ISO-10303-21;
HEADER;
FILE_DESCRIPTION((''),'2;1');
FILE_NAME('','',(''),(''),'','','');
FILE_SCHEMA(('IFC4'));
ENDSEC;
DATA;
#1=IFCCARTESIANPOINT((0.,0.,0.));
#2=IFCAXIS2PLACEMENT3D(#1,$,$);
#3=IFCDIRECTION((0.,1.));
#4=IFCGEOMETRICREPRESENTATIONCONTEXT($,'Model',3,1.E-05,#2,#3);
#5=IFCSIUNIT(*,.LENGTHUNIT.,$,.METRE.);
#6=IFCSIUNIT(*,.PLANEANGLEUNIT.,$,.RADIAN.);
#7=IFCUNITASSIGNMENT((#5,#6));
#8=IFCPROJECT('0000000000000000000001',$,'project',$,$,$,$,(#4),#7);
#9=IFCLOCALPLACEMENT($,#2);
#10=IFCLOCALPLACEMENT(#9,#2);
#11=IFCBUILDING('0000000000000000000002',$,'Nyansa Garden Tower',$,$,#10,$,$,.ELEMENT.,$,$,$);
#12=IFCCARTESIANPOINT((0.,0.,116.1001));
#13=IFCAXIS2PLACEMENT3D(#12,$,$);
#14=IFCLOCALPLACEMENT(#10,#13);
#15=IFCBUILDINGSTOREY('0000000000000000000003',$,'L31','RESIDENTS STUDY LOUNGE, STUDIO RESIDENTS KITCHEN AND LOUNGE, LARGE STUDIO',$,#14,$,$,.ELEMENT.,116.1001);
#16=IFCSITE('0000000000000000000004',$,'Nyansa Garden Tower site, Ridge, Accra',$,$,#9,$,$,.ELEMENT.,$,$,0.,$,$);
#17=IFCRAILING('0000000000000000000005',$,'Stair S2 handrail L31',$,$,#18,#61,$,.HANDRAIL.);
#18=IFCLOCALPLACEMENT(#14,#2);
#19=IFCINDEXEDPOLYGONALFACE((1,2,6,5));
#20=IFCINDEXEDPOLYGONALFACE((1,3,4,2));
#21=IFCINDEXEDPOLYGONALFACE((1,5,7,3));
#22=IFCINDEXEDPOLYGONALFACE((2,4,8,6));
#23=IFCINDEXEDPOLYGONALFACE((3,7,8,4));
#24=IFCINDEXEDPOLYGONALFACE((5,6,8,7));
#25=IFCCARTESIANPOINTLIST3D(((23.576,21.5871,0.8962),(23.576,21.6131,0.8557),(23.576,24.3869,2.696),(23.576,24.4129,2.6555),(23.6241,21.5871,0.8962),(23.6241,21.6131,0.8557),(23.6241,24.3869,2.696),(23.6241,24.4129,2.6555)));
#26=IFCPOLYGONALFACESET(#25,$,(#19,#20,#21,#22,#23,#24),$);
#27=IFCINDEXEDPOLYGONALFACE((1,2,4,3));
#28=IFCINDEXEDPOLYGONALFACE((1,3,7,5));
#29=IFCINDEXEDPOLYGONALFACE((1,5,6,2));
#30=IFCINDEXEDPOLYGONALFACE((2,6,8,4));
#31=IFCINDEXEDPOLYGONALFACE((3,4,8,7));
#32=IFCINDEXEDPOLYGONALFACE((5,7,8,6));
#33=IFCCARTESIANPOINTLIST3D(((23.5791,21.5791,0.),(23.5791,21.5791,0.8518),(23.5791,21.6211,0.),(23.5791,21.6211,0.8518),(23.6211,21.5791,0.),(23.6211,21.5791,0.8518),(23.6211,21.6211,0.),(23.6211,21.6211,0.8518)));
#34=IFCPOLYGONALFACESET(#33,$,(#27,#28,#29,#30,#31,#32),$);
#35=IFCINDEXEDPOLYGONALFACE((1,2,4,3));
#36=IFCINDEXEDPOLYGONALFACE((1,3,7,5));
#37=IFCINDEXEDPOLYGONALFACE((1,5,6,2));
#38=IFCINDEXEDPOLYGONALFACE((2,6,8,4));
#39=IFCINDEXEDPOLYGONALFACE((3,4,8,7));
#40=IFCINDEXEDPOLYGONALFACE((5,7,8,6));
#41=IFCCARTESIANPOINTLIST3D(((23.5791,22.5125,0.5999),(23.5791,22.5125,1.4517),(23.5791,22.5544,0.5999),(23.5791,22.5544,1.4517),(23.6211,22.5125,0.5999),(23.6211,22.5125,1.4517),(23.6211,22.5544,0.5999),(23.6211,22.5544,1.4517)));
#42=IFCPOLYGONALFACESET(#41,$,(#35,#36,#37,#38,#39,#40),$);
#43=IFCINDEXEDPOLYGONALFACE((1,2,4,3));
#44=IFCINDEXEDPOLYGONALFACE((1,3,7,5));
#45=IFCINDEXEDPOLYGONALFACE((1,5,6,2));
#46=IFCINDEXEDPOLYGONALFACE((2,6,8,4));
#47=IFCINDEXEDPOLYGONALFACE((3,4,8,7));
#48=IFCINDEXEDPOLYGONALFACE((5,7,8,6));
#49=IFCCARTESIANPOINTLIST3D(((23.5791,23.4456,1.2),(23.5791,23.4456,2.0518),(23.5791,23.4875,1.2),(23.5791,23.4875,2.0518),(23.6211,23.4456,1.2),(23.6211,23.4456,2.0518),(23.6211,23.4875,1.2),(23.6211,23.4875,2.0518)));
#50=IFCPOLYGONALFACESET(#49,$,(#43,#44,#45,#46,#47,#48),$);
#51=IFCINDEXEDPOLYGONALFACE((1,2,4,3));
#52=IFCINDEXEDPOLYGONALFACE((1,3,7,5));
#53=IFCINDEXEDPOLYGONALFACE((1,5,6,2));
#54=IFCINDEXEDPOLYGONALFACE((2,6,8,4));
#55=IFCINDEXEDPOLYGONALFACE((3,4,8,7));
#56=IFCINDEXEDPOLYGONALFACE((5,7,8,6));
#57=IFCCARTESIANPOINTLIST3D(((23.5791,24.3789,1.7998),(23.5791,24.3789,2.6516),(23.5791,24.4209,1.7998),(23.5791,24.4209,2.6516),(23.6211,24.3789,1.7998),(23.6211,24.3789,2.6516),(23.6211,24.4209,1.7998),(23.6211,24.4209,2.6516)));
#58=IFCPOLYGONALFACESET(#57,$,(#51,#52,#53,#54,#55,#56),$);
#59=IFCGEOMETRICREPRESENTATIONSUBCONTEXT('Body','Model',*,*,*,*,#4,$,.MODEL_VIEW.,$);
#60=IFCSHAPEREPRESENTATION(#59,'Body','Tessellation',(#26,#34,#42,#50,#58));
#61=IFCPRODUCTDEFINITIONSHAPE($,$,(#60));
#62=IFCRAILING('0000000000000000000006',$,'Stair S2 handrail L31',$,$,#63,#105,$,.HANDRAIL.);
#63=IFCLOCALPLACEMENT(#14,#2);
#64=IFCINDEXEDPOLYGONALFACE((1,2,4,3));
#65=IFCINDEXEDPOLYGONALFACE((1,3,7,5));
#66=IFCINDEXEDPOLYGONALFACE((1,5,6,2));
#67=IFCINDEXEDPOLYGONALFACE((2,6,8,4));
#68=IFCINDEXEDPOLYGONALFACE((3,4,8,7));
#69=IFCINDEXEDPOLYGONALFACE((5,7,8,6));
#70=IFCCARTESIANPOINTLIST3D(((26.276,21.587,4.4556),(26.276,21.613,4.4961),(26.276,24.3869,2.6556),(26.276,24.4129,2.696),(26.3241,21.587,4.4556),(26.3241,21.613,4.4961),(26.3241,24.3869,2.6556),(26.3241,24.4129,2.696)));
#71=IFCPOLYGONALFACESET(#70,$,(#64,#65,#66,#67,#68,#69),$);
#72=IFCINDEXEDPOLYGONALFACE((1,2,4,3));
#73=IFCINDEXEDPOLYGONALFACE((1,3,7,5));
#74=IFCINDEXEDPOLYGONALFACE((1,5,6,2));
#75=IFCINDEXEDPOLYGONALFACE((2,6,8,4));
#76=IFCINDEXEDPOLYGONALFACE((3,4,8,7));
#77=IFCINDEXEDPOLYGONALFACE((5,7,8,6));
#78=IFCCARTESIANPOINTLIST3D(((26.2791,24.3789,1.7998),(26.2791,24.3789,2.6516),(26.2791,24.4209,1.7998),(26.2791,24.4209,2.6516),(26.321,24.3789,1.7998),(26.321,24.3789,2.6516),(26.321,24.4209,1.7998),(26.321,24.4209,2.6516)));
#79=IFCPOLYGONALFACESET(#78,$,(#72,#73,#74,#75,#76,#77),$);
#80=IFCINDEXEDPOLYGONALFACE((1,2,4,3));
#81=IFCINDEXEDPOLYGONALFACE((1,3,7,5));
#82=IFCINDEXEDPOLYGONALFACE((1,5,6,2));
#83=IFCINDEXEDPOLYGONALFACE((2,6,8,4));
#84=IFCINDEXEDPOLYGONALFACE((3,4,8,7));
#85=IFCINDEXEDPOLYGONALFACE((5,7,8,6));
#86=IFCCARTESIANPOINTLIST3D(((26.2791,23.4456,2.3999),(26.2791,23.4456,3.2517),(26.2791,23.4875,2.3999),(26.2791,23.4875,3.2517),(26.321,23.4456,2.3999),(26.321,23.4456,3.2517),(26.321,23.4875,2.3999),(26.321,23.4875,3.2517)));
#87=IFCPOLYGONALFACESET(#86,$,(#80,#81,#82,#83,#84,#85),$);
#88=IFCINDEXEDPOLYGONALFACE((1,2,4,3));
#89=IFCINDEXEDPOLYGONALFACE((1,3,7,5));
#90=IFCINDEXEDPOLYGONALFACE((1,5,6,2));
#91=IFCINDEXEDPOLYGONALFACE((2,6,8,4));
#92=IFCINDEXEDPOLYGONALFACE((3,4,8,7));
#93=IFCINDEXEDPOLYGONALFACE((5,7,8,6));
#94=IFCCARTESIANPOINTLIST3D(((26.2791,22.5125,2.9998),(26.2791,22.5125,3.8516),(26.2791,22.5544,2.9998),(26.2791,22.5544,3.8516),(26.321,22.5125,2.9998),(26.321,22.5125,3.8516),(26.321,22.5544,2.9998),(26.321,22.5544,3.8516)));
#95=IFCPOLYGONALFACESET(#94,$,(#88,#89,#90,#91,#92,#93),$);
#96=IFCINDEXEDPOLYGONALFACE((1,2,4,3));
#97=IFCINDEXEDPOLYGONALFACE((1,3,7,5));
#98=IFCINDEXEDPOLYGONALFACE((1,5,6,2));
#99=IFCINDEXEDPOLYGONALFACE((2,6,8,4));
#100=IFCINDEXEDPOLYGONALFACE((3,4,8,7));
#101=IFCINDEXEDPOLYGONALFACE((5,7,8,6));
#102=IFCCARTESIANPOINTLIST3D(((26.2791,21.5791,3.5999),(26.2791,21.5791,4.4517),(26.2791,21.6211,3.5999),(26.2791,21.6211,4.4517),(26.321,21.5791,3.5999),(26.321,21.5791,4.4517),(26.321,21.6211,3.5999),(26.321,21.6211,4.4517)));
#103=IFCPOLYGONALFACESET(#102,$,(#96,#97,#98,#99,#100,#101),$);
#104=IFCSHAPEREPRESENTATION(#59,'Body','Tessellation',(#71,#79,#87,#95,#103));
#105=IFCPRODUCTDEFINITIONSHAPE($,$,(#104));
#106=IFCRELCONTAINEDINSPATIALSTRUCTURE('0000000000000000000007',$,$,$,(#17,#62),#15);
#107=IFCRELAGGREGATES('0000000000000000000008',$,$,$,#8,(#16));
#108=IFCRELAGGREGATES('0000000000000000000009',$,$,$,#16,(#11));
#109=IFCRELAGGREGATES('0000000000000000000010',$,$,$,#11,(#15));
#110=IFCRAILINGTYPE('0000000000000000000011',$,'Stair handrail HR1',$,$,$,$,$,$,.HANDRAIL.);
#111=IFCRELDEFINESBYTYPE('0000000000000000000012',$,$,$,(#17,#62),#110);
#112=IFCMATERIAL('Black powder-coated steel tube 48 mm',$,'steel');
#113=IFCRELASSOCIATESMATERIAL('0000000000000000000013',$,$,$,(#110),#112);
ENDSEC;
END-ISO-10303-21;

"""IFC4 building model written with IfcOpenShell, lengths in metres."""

from ifc_helpers import new_model, si_unit, direction, frame, origin, origin_2d, place, context, subcontext, project, spatial, rectangle, extrude, material, type_object, element, save


model = new_model("IFC4")

# Units and contexts
model_context = context("Model", 3, precision=1e-05, world=origin(), true_north=direction((0.0, 1.0)))
body_context = subcontext(model_context, "Body", "Model", "MODEL_VIEW")
ifc_project = project(units=[si_unit("LENGTHUNIT", "METRE"), si_unit("PLANEANGLEUNIT", "RADIAN")], contexts=[model_context])

# Site, building, storey
site_placement = place(None, origin())
site = spatial("IfcSite", under=ifc_project, at=site_placement, Name="Nyansa Garden Tower site, Ridge, Accra", CompositionType="ELEMENT", RefElevation=0.0)
building_placement = place(site_placement, origin())
building = spatial("IfcBuilding", under=site, at=building_placement, Name="Nyansa Garden Tower", CompositionType="ELEMENT")
storey_placement = place(building_placement, frame((0.0, 0.0, 116.1001)))
storey = spatial("IfcBuildingStorey", under=building, at=storey_placement, Name="L31", Description="RESIDENTS STUDY LOUNGE, STUDIO RESIDENTS KITCHEN AND LOUNGE, LARGE STUDIO", CompositionType="ELEMENT", Elevation=116.1001)

# Railings
ifc_material_1 = material(Name="Black powder-coated steel tube 48 mm", Category="steel")
railing_type = type_object("IfcRailingType", Name="Stair handrail HR1", PredefinedType="HANDRAIL", material=ifc_material_1)
railing_1_placement = place(storey_placement, frame((23.6001, 21.6001, 0.0)))
element("IfcRailing", 1, at=railing_1_placement, inside=storey, type_object=railing_type, Name="Stair S2 handrail L31", PredefinedType="HANDRAIL", context=body_context, shape_type="SweptSolid", body=[
    extrude(rectangle(XDim=0.0481, YDim=0.0481, at=origin_2d()), frame((0.0, 0.0, 0.876), z_axis=(0.0, 0.841188, 0.540743), x_axis=(-1.0, 0.0, 0.0)), (0.0, 0.0, 1.0), 3.3284),
    extrude(rectangle(XDim=0.042, YDim=0.042, at=origin_2d()), origin(), (0.0, 0.0, 1.0), 0.8518),
    extrude(rectangle(XDim=0.042, YDim=0.042, at=origin_2d()), frame((0.0, 0.9333, 0.5999)), (0.0, 0.0, 1.0), 0.8518),
    extrude(rectangle(XDim=0.042, YDim=0.042, at=origin_2d()), frame((0.0, 1.8665, 1.2)), (0.0, 0.0, 1.0), 0.8518),
    extrude(rectangle(XDim=0.042, YDim=0.042, at=origin_2d()), frame((0.0, 2.7998, 1.7998)), (0.0, 0.0, 1.0), 0.8518),
])
railing_2_placement = place(storey_placement, frame((26.3, 24.3999, 1.7998)))
element("IfcRailing", 2, at=railing_2_placement, inside=storey, type_object=railing_type, Name="Stair S2 handrail L31", PredefinedType="HANDRAIL", context=body_context, shape_type="SweptSolid", body=[
    extrude(rectangle(XDim=0.0481, YDim=0.0481, at=origin_2d()), frame((0.0, 0.0, 0.876), z_axis=(0.0, -0.841155, 0.540795), x_axis=(1.0, 0.0, 0.0)), (0.0, 0.0, 1.0), 3.3286),
    extrude(rectangle(XDim=0.042, YDim=0.042, at=origin_2d()), origin(), (0.0, 0.0, 1.0), 0.8518),
    extrude(rectangle(XDim=0.042, YDim=0.042, at=origin_2d()), frame((0.0, -0.9333, 0.6001)), (0.0, 0.0, 1.0), 0.8518),
    extrude(rectangle(XDim=0.042, YDim=0.042, at=origin_2d()), frame((0.0, -1.8665, 1.2)), (0.0, 0.0, 1.0), 0.8518),
    extrude(rectangle(XDim=0.042, YDim=0.042, at=origin_2d()), frame((0.0, -2.7998, 1.8)), (0.0, 0.0, 1.0), 0.8518),
])

save(model, "model.ifc")
